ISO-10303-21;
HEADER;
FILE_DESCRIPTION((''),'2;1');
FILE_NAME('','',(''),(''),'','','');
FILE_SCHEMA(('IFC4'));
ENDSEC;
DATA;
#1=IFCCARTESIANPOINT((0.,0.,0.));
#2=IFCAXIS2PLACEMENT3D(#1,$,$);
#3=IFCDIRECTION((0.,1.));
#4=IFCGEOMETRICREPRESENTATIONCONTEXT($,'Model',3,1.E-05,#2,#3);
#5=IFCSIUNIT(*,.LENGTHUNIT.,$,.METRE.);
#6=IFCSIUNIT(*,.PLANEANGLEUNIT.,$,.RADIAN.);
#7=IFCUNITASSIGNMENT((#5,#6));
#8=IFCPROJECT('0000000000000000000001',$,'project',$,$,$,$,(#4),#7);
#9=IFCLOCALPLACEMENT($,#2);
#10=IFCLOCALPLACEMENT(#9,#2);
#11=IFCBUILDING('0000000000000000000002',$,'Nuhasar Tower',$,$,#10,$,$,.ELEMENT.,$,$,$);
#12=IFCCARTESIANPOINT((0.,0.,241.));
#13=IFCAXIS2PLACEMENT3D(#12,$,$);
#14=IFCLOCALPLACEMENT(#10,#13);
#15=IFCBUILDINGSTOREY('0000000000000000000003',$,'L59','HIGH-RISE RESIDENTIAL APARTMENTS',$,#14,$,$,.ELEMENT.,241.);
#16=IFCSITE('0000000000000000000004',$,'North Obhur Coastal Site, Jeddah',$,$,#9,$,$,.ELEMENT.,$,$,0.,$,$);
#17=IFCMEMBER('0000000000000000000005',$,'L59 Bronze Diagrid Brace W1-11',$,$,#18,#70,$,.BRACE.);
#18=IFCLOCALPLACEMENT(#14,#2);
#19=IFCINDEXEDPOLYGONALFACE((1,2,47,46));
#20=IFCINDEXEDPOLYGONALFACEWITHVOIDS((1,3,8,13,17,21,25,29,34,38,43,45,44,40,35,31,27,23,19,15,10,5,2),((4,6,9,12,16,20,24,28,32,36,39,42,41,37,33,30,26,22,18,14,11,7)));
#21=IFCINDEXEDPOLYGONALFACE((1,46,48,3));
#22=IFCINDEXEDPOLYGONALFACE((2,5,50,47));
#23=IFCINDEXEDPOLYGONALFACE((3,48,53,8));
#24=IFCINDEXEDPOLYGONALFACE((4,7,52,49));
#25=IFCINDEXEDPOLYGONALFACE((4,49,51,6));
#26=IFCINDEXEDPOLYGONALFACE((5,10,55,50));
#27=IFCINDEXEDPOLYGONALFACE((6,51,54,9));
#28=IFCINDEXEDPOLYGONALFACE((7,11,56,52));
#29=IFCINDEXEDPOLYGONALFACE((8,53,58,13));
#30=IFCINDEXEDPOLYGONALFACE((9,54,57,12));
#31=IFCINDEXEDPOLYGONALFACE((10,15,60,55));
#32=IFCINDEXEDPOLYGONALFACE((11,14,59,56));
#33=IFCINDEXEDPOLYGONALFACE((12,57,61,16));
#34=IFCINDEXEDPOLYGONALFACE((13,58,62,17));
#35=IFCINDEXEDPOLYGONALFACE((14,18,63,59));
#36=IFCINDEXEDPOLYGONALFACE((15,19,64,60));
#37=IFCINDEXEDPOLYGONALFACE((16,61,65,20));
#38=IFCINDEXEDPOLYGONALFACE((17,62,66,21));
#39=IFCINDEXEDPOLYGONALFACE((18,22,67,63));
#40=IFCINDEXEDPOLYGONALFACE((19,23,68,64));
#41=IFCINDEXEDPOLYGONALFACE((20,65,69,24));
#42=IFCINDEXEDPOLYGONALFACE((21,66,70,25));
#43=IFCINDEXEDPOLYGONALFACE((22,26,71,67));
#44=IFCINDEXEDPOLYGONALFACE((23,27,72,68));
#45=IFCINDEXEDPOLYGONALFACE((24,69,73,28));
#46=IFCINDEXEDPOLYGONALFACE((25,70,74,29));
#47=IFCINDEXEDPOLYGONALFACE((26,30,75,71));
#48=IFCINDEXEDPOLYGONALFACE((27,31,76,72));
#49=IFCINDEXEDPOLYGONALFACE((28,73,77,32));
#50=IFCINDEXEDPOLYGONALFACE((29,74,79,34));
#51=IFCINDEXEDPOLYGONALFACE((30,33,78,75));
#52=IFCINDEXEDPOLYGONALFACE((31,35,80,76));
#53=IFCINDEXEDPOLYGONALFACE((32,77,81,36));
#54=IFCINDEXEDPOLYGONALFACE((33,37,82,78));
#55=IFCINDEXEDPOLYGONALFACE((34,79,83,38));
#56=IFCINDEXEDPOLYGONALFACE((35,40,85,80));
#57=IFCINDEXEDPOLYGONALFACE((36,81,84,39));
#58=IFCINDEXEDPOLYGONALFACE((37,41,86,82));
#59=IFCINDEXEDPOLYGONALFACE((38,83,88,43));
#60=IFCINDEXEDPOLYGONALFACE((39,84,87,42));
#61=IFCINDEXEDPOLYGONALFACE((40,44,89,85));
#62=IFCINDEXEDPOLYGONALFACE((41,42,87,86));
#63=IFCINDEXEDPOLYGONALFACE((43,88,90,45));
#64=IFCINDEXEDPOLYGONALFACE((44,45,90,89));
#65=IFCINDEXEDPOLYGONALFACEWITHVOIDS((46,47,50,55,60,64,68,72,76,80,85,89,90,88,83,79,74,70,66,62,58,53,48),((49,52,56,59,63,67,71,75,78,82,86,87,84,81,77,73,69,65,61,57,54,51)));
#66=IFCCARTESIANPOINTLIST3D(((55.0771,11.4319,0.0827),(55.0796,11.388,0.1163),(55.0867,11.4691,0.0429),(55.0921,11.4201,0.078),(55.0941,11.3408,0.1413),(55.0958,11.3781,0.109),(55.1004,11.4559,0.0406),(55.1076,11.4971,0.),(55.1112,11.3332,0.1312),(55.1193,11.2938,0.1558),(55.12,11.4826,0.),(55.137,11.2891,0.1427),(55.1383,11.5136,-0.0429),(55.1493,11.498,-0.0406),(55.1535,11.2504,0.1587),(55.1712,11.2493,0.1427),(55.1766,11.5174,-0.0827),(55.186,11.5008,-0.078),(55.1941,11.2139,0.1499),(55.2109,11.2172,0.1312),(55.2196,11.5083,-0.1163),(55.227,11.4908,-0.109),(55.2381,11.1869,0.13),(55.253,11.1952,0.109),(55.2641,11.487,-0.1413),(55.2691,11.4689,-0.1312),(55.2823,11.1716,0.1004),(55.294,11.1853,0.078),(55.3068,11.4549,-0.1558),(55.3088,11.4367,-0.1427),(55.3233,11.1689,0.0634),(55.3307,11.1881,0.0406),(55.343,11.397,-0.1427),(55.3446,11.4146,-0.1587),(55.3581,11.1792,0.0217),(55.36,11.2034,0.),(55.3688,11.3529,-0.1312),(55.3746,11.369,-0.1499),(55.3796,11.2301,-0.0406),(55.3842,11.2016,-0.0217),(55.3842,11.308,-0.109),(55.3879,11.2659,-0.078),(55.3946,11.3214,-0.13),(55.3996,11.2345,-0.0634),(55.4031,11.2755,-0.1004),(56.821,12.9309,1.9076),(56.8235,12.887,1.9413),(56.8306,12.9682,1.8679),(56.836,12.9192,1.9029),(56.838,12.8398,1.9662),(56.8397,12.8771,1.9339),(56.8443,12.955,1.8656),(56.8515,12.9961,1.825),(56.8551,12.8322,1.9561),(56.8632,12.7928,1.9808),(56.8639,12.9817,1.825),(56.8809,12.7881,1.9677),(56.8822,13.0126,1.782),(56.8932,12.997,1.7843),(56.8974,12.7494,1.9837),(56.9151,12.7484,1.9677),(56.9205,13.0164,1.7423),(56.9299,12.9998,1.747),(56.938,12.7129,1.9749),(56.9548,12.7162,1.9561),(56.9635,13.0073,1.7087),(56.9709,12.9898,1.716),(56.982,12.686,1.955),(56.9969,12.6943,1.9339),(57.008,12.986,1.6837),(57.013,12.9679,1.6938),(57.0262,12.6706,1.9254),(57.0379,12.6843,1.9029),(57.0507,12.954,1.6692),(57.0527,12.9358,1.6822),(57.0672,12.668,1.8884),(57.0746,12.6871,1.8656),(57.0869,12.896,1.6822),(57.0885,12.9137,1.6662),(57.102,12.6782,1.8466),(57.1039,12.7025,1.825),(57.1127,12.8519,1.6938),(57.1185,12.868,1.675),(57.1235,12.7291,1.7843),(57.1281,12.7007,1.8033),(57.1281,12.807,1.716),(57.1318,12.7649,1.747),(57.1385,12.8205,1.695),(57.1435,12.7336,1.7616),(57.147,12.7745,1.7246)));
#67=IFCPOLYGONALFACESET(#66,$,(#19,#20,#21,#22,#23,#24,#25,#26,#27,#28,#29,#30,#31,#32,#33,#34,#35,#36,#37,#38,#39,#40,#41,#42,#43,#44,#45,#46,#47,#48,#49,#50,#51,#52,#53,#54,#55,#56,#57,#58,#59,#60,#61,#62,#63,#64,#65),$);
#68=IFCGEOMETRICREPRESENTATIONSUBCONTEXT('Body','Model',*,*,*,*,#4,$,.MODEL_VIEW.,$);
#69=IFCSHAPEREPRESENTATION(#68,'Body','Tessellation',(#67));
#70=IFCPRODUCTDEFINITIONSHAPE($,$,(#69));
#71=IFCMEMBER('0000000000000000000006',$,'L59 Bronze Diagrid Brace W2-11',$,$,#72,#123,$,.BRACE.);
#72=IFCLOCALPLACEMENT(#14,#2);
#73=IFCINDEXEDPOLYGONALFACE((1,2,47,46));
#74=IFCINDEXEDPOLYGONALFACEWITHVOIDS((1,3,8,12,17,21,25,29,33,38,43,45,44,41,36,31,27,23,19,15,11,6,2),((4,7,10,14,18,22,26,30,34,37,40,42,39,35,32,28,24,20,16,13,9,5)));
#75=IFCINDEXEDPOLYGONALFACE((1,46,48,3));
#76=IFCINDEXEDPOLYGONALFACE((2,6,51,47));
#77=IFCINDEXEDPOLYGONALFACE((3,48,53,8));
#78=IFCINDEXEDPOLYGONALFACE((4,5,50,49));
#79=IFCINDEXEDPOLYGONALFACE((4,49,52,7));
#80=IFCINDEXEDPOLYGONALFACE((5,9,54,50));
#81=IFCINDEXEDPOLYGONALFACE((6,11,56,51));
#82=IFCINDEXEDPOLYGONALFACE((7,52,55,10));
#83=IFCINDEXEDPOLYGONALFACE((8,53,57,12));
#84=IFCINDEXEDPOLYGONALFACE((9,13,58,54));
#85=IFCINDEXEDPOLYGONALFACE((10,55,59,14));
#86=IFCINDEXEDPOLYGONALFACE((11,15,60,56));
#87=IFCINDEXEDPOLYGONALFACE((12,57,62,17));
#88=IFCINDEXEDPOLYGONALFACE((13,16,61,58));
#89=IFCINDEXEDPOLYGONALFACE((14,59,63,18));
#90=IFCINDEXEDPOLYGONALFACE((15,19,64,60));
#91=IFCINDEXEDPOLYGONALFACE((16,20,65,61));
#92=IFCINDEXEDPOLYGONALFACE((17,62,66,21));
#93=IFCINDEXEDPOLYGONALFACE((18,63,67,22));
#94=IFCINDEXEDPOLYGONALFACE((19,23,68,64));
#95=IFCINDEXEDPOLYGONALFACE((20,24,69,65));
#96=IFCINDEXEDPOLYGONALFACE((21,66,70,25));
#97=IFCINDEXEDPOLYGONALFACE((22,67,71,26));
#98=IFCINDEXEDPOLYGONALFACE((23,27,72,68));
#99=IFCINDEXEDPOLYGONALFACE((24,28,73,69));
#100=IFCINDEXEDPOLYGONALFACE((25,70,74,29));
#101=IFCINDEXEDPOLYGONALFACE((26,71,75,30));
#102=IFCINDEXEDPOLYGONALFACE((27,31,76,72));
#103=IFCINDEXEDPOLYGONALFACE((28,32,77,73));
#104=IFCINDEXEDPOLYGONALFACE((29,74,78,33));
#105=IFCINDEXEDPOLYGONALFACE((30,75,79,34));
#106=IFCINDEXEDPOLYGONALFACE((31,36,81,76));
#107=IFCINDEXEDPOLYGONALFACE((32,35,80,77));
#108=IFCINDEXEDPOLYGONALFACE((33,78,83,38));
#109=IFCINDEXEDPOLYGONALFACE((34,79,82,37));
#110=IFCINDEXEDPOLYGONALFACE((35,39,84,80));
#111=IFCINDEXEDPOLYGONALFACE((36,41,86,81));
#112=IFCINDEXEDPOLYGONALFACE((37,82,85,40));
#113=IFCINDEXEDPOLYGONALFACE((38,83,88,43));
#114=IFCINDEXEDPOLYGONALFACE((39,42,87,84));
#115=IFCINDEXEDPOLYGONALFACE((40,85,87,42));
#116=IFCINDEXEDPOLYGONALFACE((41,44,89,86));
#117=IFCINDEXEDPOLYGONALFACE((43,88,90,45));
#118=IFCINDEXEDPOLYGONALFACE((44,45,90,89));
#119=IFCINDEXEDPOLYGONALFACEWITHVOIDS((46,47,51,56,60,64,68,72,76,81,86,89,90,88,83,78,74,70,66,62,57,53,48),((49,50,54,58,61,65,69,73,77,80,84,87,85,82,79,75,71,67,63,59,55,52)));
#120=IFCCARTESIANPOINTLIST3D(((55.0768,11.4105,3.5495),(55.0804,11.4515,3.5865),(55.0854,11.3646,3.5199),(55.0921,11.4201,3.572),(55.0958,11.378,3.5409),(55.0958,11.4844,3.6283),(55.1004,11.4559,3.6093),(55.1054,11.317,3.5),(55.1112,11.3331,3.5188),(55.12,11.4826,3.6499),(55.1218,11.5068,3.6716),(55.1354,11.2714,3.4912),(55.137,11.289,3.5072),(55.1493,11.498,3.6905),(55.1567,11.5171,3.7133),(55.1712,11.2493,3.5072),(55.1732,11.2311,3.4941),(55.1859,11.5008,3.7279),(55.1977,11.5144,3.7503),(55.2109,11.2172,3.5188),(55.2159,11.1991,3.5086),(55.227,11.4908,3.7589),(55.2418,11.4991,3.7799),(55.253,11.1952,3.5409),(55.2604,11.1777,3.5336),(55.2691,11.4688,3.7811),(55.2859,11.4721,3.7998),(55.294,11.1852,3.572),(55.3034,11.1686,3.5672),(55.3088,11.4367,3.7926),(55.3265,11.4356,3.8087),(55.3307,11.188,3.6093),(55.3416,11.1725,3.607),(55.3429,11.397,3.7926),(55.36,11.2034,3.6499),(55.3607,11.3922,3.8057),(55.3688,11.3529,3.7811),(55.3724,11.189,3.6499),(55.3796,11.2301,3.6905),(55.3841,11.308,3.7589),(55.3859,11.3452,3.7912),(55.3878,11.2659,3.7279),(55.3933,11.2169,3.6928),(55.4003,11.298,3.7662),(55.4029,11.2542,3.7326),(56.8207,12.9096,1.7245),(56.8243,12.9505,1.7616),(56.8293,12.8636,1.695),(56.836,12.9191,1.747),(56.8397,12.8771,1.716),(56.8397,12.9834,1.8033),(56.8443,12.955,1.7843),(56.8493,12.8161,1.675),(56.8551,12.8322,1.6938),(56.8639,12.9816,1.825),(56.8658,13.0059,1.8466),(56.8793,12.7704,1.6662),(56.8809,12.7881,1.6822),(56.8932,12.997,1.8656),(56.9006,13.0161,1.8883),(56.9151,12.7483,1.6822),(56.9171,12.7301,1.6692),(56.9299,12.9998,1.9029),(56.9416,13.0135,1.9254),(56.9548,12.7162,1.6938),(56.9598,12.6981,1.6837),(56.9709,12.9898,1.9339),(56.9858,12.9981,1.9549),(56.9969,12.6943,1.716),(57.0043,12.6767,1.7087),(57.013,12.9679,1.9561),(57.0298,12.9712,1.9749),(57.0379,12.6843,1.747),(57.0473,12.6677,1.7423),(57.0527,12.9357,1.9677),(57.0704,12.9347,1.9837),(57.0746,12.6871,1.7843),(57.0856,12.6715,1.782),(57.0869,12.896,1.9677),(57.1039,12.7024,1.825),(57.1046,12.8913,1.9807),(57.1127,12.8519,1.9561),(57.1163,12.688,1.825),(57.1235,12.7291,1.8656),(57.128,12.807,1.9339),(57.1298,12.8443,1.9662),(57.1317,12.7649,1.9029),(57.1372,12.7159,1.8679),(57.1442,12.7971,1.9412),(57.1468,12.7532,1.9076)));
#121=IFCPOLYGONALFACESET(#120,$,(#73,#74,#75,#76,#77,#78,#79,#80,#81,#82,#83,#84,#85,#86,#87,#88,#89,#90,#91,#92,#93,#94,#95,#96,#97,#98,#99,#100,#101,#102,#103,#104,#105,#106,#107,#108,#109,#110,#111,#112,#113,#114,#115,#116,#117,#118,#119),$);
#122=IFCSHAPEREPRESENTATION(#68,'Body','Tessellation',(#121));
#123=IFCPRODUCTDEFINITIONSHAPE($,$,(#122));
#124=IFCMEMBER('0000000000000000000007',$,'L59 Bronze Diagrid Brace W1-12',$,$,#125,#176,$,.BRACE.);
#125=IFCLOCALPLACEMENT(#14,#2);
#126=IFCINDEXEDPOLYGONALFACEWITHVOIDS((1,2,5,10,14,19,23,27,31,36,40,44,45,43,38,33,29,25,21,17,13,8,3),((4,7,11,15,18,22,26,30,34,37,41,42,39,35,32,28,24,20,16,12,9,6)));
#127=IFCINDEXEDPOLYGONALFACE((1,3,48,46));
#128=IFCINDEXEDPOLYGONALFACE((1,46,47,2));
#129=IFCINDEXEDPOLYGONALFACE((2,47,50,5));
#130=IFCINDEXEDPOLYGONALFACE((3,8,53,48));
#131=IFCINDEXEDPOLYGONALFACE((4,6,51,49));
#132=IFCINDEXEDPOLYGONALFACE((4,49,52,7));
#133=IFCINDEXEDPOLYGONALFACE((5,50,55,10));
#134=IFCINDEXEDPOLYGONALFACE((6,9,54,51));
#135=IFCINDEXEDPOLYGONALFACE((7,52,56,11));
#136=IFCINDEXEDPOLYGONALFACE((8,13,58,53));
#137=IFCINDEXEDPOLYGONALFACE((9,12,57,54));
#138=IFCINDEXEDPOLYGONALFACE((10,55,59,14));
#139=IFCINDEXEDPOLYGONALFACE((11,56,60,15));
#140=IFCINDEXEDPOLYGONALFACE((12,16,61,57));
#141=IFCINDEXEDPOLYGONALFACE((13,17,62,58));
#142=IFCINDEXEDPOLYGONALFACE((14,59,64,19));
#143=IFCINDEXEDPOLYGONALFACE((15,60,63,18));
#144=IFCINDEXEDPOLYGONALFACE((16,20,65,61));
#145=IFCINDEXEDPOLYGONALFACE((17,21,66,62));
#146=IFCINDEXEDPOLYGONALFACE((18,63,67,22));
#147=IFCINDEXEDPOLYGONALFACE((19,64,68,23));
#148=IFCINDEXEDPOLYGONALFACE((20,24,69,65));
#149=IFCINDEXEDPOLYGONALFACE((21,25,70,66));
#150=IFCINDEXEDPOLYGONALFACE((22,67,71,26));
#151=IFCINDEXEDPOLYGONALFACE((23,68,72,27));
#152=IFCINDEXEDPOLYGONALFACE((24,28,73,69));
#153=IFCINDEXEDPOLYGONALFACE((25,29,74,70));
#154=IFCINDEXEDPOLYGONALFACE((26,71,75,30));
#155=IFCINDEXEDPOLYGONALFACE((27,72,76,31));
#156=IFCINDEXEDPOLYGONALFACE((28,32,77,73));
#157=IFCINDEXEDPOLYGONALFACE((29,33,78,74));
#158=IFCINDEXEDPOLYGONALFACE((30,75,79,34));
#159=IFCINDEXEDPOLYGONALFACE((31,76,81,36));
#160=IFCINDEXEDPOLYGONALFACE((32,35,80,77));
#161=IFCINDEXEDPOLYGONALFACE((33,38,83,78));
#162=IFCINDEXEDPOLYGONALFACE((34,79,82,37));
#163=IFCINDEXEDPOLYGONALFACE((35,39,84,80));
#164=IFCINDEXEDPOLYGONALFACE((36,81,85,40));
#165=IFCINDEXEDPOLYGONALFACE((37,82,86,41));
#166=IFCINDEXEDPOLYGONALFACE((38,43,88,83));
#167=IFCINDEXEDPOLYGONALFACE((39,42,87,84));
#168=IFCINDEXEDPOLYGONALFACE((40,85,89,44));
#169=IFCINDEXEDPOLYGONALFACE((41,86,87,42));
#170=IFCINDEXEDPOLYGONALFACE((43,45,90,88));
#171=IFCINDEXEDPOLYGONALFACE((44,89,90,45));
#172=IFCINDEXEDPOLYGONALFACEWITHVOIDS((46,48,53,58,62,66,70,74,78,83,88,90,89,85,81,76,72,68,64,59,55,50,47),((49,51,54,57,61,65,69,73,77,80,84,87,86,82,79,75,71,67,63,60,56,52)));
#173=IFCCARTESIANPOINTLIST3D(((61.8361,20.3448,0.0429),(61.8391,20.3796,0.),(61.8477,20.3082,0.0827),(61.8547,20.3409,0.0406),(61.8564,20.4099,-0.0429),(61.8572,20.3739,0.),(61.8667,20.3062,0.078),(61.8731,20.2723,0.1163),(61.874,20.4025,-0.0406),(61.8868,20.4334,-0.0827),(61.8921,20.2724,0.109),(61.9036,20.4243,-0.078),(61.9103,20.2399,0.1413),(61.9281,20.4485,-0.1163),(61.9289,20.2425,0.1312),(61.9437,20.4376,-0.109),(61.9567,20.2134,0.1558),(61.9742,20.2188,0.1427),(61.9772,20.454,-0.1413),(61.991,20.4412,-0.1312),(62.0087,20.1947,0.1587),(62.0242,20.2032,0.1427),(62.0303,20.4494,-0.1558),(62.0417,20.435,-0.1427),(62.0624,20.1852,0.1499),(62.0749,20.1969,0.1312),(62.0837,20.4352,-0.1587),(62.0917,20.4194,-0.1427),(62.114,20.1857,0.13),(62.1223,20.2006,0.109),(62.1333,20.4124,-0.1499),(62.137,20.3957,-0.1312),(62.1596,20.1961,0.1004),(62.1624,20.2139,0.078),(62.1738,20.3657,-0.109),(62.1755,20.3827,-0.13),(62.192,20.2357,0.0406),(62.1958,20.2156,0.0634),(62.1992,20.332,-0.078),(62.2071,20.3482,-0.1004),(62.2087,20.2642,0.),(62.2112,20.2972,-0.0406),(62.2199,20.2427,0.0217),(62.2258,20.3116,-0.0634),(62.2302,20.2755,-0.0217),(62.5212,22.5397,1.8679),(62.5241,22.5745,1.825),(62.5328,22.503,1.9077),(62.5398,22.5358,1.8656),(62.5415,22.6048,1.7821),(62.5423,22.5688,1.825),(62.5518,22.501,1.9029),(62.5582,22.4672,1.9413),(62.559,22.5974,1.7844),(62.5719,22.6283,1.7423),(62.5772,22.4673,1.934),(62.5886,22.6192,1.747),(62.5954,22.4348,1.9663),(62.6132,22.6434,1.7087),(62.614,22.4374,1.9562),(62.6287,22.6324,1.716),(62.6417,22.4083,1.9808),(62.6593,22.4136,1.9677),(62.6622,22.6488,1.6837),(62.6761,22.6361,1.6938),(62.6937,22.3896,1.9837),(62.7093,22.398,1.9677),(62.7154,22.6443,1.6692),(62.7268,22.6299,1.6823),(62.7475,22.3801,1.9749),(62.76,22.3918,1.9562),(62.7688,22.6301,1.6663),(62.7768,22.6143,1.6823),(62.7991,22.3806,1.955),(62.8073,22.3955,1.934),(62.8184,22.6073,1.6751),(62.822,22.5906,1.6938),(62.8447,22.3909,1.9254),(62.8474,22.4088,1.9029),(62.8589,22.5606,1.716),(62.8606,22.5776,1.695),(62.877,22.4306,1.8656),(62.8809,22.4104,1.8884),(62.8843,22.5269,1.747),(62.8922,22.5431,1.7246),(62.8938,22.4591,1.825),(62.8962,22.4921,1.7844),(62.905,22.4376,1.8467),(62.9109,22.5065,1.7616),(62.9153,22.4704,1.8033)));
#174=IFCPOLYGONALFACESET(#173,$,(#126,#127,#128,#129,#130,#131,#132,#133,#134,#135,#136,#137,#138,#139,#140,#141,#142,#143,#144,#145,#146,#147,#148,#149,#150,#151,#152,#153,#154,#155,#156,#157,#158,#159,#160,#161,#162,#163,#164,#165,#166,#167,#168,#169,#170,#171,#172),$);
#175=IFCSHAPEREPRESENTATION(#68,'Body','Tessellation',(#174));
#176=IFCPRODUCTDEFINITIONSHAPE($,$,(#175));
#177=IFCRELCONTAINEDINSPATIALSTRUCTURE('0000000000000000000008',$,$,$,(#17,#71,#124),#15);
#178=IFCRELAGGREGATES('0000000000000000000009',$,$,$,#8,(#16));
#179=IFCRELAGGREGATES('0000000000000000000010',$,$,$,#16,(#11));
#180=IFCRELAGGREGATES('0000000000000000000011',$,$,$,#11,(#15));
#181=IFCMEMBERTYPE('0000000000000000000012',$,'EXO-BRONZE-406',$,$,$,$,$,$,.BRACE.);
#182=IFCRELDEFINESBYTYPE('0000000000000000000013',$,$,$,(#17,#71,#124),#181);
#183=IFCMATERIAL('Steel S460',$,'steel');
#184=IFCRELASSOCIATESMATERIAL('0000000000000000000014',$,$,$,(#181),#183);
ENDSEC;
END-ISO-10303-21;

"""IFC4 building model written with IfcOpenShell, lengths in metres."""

from ifc_helpers import new_model, si_unit, direction, frame, origin, origin_2d, place, context, subcontext, project, spatial, hollow_circle, extrude, material, material_profile, profile_set, type_object, element, save


model = new_model("IFC4")

# Units and contexts
model_context = context("Model", 3, precision=1e-05, world=origin(), true_north=direction((0.0, 1.0)))
body_context = subcontext(model_context, "Body", "Model", "MODEL_VIEW")
ifc_project = project(units=[si_unit("LENGTHUNIT", "METRE"), si_unit("PLANEANGLEUNIT", "RADIAN")], contexts=[model_context])

# Site, building, storey
site_placement = place(None, origin())
site = spatial("IfcSite", under=ifc_project, at=site_placement, Name="North Obhur Coastal Site, Jeddah", CompositionType="ELEMENT", RefElevation=0.0)
building_placement = place(site_placement, origin())
building = spatial("IfcBuilding", under=site, at=building_placement, Name="Nuhasar Tower", CompositionType="ELEMENT")
storey_placement = place(building_placement, frame((0.0, 0.0, 241.0)))
storey = spatial("IfcBuildingStorey", under=building, at=storey_placement, Name="L59", Description="HIGH-RISE RESIDENTIAL APARTMENTS", CompositionType="ELEMENT", Elevation=241.0)

# Members
ifc_material_1 = material(Name="Steel S460", Category="steel")
ifc_material_profile_1 = material_profile(ifc_material_1, hollow_circle(Radius=0.2031, WallThickness=0.019, at=origin_2d()), Name="HSS406.4X19.1")
ifc_profile_set_1 = profile_set([ifc_material_profile_1], Name="Steel S460")
member_type_1 = type_object("IfcMemberType", Name="EXO-BRONZE-406", PredefinedType="BRACE", material=ifc_profile_set_1)
for number, where, z_axis, x_axis, name in (
    (1, (55.24, 11.343, 0.0), (0.594019, 0.510608, 0.621628), (-0.651857, 0.758342, 0.0), "L59 Bronze Diagrid Brace W1-11"),
    (2, (56.9839, 12.842, 1.825), (-0.594019, -0.510608, 0.621628), (0.651857, -0.758342, 0.0), "L59 Bronze Diagrid Brace W2-11"),
):
    element("IfcMember", number, at=place(storey_placement, frame(where, z_axis=z_axis, x_axis=x_axis)), inside=storey, type_object=member_type_1, Name=name, PredefinedType="BRACE", context=body_context, shape_type="SweptSolid", body=[
        extrude(hollow_circle(Radius=0.2031, WallThickness=0.019, at=origin_2d()), origin(), (0.0, 0.0, 1.0), 2.9358),
    ])
for number, where, z_axis, x_axis, name in (
    (3, (62.033, 20.3191, 0.0), (0.233372, 0.74769, 0.621689), (-0.954582, 0.297948, 0.0), "L59 Bronze Diagrid Brace W1-12"),
):
    element("IfcMember", number, at=place(storey_placement, frame(where, z_axis=z_axis, x_axis=x_axis)), inside=storey, type_object=member_type_1, Name=name, PredefinedType="BRACE", context=body_context, shape_type="SweptSolid", body=[
        extrude(hollow_circle(Radius=0.2031, WallThickness=0.019, at=origin_2d()), origin(), (0.0, 0.0, 1.0), 2.9355),
    ])

save(model, "model.ifc")
